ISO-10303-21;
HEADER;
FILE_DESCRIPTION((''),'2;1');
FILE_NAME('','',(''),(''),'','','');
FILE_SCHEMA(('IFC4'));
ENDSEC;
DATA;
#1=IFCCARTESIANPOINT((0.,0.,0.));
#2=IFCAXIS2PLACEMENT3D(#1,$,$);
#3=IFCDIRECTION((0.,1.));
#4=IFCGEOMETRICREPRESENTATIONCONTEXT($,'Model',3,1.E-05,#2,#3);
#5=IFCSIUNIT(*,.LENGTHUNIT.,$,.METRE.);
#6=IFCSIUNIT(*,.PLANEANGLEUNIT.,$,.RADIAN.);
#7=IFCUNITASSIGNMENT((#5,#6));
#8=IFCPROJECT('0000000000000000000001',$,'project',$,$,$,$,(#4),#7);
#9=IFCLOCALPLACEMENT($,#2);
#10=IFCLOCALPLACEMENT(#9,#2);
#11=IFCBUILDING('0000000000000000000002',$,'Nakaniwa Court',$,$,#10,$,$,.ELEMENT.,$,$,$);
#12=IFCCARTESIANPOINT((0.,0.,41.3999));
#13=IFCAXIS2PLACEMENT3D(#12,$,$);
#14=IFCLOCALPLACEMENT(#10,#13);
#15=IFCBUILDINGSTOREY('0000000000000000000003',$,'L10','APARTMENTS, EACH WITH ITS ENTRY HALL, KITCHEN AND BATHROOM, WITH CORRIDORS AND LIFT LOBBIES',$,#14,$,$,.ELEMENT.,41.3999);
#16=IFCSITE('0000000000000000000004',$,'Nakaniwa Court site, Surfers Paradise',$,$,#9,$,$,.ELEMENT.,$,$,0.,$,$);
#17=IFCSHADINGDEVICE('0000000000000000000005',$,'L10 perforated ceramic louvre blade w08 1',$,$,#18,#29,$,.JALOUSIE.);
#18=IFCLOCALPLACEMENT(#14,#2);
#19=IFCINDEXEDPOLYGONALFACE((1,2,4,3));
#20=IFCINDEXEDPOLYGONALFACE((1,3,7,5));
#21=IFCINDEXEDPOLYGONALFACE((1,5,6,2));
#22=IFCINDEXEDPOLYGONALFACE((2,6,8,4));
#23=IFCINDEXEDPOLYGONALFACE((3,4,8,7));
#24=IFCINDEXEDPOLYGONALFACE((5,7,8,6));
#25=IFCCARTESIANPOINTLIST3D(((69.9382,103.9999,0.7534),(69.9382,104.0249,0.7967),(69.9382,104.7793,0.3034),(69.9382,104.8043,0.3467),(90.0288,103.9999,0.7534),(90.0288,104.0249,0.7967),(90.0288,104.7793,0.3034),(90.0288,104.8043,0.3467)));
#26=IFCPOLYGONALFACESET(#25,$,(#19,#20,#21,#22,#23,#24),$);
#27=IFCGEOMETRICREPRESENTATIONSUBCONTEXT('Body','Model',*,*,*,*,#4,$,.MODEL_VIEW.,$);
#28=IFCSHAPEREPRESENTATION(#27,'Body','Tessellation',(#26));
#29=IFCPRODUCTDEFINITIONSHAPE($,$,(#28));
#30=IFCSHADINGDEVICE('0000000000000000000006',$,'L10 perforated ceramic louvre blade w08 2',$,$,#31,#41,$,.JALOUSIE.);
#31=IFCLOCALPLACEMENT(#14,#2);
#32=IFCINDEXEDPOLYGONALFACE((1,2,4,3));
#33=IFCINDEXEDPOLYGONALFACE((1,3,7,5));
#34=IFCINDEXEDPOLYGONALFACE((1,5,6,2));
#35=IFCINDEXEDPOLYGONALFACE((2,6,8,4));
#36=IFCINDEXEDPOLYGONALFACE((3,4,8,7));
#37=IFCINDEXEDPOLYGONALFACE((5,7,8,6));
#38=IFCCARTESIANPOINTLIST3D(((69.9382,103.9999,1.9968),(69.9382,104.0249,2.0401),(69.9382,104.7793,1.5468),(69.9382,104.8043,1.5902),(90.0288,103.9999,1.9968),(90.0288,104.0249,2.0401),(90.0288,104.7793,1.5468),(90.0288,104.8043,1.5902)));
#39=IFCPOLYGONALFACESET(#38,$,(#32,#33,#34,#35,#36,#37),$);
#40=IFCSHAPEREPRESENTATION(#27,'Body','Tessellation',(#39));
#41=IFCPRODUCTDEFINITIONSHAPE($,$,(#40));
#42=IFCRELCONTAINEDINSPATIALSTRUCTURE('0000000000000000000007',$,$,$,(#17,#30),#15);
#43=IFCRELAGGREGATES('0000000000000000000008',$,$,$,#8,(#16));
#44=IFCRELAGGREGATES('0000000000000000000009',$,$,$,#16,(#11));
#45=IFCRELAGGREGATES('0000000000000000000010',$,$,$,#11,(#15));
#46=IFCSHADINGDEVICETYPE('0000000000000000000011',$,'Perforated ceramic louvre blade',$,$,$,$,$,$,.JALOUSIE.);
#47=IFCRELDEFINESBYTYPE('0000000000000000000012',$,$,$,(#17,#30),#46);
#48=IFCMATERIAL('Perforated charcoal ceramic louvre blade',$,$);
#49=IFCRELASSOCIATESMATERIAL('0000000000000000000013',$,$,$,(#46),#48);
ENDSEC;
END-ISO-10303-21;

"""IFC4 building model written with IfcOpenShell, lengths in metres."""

from ifc_helpers import new_model, si_unit, direction, frame, origin, origin_2d, place, context, subcontext, project, spatial, rectangle, extrude, material, material_profile, profile_set, type_object, element, save


model = new_model("IFC4")

# Units and contexts
model_context = context("Model", 3, precision=1e-05, world=origin(), true_north=direction((0.0, 1.0)))
body_context = subcontext(model_context, "Body", "Model", "MODEL_VIEW")
ifc_project = project(units=[si_unit("LENGTHUNIT", "METRE"), si_unit("PLANEANGLEUNIT", "RADIAN")], contexts=[model_context])

# Site, building, storey
site_placement = place(None, origin())
site = spatial("IfcSite", under=ifc_project, at=site_placement, Name="Nakaniwa Court site, Surfers Paradise", CompositionType="ELEMENT", RefElevation=0.0)
building_placement = place(site_placement, origin())
building = spatial("IfcBuilding", under=site, at=building_placement, Name="Nakaniwa Court", CompositionType="ELEMENT")
storey_placement = place(building_placement, frame((0.0, 0.0, 41.3999)))
storey = spatial("IfcBuildingStorey", under=building, at=storey_placement, Name="L10", Description="APARTMENTS, EACH WITH ITS ENTRY HALL, KITCHEN AND BATHROOM, WITH CORRIDORS AND LIFT LOBBIES", CompositionType="ELEMENT", Elevation=41.3999)

# Shading devices
ifc_material_1 = material(Name="Perforated charcoal ceramic louvre blade")
ifc_material_profile_1 = material_profile(ifc_material_1, rectangle(XDim=0.8999, YDim=0.05, at=origin_2d()), Name="Perforated ceramic louvre blade")
ifc_profile_set_1 = profile_set([ifc_material_profile_1], Name="Perforated charcoal ceramic louvre blade")
shading_device_type = type_object("IfcShadingDeviceType", Name="Perforated ceramic louvre blade", PredefinedType="JALOUSIE", material=ifc_profile_set_1)
for number, where, z_axis, x_axis, name in (
    (1, (90.0288, 104.4021, 0.55), (-1.0, 0.0, 0.0), (0.0, -0.866025, 0.5), "L10 perforated ceramic louvre blade w08 1"),
    (2, (90.0288, 104.4021, 1.7935), (-1.0, 0.0, 0.0), (0.0, -0.866025, 0.5), "L10 perforated ceramic louvre blade w08 2"),
):
    element("IfcShadingDevice", number, at=place(storey_placement, frame(where, z_axis=z_axis, x_axis=x_axis)), inside=storey, type_object=shading_device_type, Name=name, PredefinedType="JALOUSIE", context=body_context, shape_type="SweptSolid", body=[
        extrude(rectangle(XDim=0.8999, YDim=0.05, at=origin_2d()), origin(), (0.0, 0.0, 1.0), 20.0906),
    ])

save(model, "model.ifc")
